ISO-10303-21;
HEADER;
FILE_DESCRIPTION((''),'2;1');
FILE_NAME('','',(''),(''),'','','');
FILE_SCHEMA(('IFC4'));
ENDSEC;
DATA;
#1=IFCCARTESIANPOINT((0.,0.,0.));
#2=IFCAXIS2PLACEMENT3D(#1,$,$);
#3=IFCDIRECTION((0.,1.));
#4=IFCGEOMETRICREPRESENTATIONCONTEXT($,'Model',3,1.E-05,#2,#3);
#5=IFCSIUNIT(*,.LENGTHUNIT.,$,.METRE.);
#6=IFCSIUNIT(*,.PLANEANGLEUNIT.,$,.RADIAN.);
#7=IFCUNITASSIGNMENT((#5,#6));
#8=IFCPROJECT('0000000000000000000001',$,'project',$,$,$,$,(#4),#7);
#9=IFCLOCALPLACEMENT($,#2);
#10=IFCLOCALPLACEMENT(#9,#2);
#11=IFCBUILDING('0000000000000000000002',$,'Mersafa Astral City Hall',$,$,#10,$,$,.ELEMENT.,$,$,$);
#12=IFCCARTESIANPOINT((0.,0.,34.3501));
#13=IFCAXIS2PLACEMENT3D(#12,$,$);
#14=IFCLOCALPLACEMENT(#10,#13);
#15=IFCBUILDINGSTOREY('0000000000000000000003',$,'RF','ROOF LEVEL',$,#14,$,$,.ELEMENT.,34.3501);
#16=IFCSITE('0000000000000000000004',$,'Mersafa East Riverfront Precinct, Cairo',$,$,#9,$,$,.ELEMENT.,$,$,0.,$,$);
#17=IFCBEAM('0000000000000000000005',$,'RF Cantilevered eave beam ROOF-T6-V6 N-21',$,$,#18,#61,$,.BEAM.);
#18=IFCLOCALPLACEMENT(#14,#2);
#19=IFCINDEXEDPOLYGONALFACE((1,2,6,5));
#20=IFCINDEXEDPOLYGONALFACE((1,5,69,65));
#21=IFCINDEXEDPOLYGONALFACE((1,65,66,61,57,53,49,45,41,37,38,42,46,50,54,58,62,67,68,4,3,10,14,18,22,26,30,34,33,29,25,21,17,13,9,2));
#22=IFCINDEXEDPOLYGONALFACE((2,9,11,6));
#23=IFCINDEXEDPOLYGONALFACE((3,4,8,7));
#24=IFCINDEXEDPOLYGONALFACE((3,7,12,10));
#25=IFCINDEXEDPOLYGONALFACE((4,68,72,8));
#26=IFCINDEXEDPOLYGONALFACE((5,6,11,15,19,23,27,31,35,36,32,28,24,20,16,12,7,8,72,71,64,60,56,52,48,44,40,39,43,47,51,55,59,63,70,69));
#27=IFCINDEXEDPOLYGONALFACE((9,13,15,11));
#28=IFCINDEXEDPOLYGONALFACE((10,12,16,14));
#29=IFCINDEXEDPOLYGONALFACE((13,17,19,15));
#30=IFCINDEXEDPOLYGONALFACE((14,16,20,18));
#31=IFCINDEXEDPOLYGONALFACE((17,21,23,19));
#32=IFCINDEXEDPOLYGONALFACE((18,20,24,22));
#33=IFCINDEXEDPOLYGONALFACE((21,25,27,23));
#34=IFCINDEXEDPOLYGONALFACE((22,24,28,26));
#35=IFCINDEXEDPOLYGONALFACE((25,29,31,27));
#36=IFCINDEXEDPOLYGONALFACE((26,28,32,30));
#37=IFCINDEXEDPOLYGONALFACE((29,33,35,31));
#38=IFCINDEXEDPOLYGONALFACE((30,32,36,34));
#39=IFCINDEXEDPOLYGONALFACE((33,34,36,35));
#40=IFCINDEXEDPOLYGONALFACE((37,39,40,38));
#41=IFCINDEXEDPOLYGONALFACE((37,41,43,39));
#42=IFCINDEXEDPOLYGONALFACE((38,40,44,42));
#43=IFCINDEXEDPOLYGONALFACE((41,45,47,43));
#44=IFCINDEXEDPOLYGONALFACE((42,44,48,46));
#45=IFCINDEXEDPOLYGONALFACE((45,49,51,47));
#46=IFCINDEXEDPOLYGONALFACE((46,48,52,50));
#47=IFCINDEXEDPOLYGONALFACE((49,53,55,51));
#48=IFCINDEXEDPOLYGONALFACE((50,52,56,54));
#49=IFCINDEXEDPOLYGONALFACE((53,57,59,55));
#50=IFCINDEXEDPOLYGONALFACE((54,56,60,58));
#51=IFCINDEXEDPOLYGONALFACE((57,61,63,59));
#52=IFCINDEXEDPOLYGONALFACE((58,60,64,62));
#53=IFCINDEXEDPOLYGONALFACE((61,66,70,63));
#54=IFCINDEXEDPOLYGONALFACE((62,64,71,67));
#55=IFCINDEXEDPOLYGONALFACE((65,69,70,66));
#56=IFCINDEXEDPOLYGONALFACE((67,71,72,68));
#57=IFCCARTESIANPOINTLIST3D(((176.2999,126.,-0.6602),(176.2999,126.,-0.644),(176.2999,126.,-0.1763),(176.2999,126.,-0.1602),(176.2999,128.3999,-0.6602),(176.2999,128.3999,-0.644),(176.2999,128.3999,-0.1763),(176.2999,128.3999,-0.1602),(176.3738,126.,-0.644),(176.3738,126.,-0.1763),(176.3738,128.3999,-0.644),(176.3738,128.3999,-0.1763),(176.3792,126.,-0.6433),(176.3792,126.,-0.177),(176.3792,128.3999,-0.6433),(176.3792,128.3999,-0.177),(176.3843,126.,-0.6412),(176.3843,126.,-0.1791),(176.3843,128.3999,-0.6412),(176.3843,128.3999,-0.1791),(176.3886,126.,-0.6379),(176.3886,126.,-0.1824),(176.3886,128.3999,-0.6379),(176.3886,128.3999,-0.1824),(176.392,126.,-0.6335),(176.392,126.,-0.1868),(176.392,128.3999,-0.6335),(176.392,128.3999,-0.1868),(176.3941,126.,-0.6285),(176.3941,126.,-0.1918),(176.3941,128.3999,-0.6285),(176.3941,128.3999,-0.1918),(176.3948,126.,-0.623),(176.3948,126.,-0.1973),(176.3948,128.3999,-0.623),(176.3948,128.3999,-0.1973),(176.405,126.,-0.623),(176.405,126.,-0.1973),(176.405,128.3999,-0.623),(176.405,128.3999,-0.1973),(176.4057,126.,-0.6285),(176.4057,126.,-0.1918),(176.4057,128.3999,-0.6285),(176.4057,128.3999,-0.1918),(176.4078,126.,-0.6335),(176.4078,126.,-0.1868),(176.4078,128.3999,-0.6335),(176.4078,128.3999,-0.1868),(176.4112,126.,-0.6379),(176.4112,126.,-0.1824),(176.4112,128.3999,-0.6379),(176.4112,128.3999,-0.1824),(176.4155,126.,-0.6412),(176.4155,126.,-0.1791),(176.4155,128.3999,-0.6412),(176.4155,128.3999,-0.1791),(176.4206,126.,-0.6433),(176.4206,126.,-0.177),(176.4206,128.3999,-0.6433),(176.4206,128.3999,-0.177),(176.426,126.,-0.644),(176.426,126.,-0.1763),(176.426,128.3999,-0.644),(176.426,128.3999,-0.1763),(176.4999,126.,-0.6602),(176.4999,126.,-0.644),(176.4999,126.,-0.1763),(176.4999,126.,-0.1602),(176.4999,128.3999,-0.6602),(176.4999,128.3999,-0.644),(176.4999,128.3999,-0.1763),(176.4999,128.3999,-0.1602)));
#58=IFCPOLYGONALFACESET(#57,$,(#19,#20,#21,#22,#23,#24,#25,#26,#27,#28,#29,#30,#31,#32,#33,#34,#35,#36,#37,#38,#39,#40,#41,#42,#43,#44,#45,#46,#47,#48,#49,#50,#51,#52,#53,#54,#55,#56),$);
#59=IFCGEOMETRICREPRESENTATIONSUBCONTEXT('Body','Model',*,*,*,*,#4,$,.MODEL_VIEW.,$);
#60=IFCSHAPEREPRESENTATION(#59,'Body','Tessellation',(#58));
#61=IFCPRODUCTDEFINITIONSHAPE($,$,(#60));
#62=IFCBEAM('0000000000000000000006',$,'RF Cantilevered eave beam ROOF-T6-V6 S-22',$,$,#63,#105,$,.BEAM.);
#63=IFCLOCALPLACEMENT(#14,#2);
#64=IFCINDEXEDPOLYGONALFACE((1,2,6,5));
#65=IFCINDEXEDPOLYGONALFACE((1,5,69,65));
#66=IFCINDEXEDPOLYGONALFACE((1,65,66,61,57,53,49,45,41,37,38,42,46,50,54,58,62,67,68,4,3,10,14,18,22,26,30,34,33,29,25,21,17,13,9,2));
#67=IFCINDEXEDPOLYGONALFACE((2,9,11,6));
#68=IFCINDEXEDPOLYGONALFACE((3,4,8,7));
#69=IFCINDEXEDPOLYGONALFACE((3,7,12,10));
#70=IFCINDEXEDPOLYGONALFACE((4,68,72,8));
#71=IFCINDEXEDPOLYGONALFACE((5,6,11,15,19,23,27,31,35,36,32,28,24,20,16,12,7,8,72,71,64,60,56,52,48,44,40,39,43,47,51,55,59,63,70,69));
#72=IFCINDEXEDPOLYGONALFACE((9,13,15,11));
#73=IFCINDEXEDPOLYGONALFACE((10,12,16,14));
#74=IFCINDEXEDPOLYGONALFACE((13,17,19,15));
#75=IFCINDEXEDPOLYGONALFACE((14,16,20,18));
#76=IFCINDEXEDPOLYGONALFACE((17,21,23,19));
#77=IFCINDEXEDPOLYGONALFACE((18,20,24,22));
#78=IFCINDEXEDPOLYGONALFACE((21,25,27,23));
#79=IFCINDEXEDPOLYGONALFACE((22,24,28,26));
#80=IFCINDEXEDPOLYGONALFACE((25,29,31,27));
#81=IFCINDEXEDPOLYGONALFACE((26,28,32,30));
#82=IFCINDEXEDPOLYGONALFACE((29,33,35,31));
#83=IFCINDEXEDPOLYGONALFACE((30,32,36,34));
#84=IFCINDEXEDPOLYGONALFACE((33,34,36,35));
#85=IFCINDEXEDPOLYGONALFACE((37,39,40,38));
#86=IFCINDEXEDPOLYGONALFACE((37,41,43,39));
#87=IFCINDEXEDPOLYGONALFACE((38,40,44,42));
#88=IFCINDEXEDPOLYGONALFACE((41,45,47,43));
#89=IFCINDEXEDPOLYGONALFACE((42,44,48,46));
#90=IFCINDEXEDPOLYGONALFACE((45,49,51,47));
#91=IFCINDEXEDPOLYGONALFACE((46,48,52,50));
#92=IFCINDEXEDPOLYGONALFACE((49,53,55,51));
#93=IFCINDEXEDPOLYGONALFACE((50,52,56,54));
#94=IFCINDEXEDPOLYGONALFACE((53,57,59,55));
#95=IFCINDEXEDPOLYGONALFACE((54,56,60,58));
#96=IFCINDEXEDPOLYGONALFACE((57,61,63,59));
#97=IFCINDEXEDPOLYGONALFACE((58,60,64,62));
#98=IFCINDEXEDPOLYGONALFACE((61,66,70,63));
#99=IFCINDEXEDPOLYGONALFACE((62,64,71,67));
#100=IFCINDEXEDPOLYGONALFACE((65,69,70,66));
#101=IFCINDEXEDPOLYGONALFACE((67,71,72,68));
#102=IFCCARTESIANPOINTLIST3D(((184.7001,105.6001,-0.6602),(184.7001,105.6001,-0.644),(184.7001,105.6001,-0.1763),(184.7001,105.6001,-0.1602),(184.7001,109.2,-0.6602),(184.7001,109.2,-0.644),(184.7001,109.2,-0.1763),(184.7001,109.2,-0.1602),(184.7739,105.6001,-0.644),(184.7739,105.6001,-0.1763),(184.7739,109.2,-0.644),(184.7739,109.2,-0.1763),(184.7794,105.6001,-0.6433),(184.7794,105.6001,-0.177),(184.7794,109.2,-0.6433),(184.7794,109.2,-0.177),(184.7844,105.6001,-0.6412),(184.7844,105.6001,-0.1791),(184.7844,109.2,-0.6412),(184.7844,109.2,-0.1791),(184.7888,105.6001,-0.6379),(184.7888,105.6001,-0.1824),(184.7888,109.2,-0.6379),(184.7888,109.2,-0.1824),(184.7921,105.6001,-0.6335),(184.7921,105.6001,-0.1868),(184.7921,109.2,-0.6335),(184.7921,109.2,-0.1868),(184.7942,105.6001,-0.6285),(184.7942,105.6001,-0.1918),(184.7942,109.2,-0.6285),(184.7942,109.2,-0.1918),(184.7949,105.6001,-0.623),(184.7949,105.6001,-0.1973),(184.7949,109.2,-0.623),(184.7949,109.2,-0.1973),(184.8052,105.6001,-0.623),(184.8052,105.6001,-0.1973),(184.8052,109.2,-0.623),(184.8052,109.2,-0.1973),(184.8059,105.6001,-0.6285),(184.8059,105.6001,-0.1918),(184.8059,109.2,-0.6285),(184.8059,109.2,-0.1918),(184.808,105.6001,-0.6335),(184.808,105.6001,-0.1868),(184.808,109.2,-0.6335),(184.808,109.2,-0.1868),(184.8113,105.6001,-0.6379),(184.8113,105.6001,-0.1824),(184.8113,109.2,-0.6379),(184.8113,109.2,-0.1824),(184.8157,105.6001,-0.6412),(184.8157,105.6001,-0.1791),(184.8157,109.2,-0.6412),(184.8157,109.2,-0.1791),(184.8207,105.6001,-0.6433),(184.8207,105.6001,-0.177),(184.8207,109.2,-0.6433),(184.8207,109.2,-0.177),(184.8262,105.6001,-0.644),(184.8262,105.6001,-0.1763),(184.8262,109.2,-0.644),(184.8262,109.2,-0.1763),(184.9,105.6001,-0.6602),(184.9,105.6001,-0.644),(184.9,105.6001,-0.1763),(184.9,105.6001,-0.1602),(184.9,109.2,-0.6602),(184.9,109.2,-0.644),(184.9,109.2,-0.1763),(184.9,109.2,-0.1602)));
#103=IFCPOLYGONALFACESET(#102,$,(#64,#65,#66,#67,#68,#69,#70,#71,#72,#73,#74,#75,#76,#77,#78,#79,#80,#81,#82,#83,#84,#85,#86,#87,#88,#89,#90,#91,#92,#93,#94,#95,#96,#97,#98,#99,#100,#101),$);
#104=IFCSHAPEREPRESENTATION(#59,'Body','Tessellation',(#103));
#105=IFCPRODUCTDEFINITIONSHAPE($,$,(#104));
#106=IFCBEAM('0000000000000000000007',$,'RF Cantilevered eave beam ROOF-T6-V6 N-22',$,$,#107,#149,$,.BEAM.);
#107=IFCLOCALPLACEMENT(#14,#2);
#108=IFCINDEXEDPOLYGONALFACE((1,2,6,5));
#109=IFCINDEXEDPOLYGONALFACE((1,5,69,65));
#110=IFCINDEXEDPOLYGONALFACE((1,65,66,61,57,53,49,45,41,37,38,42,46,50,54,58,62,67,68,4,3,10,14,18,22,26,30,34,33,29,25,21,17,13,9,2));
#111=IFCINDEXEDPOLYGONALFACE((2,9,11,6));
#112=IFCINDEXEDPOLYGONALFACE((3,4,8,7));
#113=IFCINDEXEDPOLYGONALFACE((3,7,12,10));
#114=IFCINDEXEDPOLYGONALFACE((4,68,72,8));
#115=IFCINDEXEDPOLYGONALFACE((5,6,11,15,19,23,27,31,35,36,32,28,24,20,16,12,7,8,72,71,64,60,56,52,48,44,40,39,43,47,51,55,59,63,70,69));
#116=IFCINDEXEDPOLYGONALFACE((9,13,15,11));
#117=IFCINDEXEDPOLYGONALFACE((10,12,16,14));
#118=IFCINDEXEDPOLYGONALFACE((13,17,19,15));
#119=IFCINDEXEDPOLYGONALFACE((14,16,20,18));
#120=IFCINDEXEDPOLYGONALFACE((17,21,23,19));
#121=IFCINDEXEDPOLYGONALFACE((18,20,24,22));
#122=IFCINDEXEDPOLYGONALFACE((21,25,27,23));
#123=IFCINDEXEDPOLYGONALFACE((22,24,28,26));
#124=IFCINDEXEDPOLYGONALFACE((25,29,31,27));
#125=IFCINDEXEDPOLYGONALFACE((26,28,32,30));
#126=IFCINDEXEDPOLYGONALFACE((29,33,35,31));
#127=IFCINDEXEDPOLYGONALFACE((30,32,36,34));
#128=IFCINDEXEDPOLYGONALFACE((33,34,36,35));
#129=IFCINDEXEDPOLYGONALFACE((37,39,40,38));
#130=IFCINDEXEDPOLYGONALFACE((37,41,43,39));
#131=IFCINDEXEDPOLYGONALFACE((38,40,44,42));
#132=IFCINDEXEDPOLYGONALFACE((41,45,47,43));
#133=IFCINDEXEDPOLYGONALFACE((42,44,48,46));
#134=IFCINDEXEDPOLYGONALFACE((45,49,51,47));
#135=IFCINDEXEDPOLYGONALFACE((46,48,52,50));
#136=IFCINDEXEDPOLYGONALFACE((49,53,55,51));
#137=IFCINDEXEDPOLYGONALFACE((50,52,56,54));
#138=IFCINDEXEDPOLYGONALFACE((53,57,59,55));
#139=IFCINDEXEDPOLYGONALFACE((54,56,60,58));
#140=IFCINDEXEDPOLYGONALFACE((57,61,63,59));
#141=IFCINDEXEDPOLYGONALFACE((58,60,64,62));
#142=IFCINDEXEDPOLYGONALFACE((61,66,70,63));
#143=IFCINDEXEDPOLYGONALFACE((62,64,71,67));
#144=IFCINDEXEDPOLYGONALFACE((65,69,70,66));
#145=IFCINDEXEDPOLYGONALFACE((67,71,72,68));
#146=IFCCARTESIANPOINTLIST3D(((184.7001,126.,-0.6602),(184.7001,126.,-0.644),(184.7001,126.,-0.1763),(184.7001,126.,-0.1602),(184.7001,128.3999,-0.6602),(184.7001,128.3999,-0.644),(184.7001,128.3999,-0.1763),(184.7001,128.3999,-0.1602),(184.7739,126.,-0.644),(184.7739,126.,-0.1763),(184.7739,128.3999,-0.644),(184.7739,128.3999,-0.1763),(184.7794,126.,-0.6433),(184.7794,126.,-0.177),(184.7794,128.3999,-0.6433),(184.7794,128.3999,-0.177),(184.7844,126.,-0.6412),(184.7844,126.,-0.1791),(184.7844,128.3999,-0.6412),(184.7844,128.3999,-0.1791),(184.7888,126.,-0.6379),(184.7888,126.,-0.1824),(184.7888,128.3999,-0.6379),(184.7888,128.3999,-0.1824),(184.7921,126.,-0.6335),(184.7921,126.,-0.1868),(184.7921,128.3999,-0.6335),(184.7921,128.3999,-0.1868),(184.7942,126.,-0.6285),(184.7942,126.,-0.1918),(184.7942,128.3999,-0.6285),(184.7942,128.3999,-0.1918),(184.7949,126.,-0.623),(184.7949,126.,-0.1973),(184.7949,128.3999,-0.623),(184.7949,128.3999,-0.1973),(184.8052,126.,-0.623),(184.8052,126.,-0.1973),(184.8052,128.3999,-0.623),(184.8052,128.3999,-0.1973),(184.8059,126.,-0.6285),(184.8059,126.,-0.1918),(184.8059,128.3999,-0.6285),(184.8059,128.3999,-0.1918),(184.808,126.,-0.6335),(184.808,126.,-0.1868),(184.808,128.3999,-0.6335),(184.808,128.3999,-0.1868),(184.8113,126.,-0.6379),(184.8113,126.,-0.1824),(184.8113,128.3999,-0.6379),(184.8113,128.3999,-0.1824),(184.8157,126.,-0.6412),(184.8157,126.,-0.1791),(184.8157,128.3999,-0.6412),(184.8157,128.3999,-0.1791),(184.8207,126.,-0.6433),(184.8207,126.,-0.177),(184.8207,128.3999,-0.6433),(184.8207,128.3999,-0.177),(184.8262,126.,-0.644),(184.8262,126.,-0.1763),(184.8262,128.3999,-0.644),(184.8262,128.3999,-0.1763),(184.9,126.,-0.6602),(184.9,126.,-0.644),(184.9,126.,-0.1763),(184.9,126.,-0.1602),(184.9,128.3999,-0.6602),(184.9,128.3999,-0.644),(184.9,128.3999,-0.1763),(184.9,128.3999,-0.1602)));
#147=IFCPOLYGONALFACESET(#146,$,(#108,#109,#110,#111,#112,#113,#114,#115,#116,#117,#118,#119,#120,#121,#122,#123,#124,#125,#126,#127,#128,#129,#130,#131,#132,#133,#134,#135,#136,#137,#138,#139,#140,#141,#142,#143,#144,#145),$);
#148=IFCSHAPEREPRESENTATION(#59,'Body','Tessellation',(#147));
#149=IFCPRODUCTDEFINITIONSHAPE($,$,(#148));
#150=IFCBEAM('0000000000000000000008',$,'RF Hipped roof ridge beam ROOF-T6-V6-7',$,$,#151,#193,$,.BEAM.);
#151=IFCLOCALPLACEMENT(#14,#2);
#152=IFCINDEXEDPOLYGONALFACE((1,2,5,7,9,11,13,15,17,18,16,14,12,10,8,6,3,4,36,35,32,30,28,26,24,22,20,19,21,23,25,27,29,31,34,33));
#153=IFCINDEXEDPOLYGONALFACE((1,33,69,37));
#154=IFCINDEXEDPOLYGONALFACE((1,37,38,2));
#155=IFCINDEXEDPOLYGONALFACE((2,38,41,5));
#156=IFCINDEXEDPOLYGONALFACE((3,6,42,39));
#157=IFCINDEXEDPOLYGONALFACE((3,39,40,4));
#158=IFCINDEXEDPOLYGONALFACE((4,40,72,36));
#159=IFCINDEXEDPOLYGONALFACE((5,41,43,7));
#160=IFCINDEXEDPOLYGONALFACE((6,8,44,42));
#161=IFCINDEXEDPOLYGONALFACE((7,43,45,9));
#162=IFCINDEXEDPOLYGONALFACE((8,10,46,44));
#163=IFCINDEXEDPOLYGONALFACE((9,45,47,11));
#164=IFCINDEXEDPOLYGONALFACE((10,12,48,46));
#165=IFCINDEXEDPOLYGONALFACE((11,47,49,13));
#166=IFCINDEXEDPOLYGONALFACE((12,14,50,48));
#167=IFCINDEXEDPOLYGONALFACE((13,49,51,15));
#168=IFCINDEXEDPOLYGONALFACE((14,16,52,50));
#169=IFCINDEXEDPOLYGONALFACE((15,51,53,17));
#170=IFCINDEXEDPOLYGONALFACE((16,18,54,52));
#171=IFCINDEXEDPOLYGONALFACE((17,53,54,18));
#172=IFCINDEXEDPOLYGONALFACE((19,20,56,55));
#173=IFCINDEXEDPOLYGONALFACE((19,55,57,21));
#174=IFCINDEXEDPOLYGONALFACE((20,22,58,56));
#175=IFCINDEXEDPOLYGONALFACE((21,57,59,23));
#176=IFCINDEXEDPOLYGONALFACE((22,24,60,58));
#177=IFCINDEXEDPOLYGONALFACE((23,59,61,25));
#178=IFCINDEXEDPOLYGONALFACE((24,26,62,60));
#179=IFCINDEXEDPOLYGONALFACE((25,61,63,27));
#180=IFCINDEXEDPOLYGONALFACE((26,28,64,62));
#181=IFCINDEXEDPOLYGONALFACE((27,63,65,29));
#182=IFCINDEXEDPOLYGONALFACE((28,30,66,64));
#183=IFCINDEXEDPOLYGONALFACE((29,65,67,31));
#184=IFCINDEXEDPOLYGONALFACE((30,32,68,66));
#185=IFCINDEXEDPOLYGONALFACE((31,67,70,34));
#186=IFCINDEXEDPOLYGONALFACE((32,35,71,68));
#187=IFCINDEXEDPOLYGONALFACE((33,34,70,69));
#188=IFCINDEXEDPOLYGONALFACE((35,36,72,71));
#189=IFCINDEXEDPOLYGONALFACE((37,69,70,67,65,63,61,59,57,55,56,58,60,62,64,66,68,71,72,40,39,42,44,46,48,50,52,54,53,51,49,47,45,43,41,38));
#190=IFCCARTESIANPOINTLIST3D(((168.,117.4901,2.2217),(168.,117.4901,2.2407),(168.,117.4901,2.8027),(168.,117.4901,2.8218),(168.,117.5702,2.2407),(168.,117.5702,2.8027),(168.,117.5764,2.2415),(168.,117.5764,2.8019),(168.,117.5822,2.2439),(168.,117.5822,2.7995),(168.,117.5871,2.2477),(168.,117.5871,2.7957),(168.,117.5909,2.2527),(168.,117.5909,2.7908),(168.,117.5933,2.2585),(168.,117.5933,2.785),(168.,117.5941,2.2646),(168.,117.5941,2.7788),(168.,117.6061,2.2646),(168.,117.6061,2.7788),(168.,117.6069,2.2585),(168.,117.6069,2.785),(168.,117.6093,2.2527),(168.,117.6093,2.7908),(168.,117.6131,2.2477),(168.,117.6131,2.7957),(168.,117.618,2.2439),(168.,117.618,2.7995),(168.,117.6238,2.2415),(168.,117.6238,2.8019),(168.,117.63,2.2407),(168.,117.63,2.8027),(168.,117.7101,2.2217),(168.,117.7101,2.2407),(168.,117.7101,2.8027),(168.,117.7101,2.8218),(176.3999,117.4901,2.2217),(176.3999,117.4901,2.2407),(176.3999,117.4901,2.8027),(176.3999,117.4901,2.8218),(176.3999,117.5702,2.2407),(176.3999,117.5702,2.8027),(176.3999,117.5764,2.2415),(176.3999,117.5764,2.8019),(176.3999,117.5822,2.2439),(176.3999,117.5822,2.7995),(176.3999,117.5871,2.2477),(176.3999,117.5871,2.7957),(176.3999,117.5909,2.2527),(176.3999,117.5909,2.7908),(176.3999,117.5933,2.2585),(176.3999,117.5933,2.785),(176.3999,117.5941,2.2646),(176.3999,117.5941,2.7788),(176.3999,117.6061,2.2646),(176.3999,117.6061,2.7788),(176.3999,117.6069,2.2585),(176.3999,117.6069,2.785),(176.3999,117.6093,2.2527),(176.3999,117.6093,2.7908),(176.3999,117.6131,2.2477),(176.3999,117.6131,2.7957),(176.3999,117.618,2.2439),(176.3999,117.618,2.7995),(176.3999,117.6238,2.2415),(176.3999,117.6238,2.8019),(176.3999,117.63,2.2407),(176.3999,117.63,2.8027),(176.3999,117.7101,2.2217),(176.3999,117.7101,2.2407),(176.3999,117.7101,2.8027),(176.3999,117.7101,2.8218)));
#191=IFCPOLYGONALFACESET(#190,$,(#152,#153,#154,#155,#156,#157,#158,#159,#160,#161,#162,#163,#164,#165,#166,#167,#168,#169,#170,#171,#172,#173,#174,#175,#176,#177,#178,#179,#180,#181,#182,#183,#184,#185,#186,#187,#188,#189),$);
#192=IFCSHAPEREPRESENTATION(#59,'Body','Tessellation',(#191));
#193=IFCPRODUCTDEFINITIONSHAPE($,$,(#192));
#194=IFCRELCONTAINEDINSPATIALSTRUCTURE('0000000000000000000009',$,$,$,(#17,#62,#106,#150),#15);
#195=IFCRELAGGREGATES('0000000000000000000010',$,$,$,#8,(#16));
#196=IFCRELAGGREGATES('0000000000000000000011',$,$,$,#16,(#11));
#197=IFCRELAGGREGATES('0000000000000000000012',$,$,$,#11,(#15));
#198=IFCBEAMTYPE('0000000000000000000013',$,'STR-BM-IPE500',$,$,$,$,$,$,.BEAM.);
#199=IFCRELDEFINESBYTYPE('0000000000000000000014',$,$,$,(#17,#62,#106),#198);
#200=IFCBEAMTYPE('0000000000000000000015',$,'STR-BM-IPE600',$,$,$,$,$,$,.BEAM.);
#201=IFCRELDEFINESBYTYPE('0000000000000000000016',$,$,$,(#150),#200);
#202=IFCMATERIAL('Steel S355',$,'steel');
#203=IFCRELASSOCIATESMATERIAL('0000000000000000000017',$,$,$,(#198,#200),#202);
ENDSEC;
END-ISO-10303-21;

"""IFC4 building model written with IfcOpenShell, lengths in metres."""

from ifc_helpers import new_model, si_unit, direction, frame, origin, origin_2d, place, context, subcontext, project, spatial, i_section, extrude, material, material_profile, profile_set, type_object, element, save


model = new_model("IFC4")

# Units and contexts
model_context = context("Model", 3, precision=1e-05, world=origin(), true_north=direction((0.0, 1.0)))
body_context = subcontext(model_context, "Body", "Model", "MODEL_VIEW")
ifc_project = project(units=[si_unit("LENGTHUNIT", "METRE"), si_unit("PLANEANGLEUNIT", "RADIAN")], contexts=[model_context])

# Site, building, storey
site_placement = place(None, origin())
site = spatial("IfcSite", under=ifc_project, at=site_placement, Name="Mersafa East Riverfront Precinct, Cairo", CompositionType="ELEMENT", RefElevation=0.0)
building_placement = place(site_placement, origin())
building = spatial("IfcBuilding", under=site, at=building_placement, Name="Mersafa Astral City Hall", CompositionType="ELEMENT")
storey_placement = place(building_placement, frame((0.0, 0.0, 34.3501)))
storey = spatial("IfcBuildingStorey", under=building, at=storey_placement, Name="RF", Description="ROOF LEVEL", CompositionType="ELEMENT", Elevation=34.3501)

# Shared definitions
ifc_material_1 = material(Name="Steel S355", Category="steel")

# Beams
ifc_material_profile_1 = material_profile(ifc_material_1, i_section(OverallWidth=0.2, OverallDepth=0.5, WebThickness=0.0103, FlangeThickness=0.0161, FilletRadius=0.021, at=origin_2d()), Name="IPE 500")
ifc_profile_set_1 = profile_set([ifc_material_profile_1], Name="Steel S355")
beam_type_1 = type_object("IfcBeamType", Name="STR-BM-IPE500", PredefinedType="BEAM", material=ifc_profile_set_1)
beam_1_placement = place(storey_placement, frame((176.3999, 126.0, -0.4102), z_axis=(0.0, 1.0, 0.0), x_axis=(-1.0, 0.0, 0.0)))
element("IfcBeam", 1, at=beam_1_placement, inside=storey, type_object=beam_type_1, Name="RF Cantilevered eave beam ROOF-T6-V6 N-21", PredefinedType="BEAM", context=body_context, shape_type="SweptSolid", body=[
    extrude(i_section(OverallWidth=0.2, OverallDepth=0.5, WebThickness=0.0103, FlangeThickness=0.0161, FilletRadius=0.021, at=origin_2d()), origin(), (0.0, 0.0, 1.0), 2.3999),
])
beam_2_placement = place(storey_placement, frame((184.8, 109.2, -0.4102), z_axis=(0.0, -1.0, 0.0), x_axis=(1.0, 0.0, 0.0)))
element("IfcBeam", 2, at=beam_2_placement, inside=storey, type_object=beam_type_1, Name="RF Cantilevered eave beam ROOF-T6-V6 S-22", PredefinedType="BEAM", context=body_context, shape_type="SweptSolid", body=[
    extrude(i_section(OverallWidth=0.2, OverallDepth=0.5, WebThickness=0.0103, FlangeThickness=0.0161, FilletRadius=0.021, at=origin_2d()), origin(), (0.0, 0.0, 1.0), 3.5999),
])
beam_3_placement = place(storey_placement, frame((184.8, 126.0, -0.4102), z_axis=(0.0, 1.0, 0.0), x_axis=(-1.0, 0.0, 0.0)))
element("IfcBeam", 3, at=beam_3_placement, inside=storey, type_object=beam_type_1, Name="RF Cantilevered eave beam ROOF-T6-V6 N-22", PredefinedType="BEAM", context=body_context, shape_type="SweptSolid", body=[
    extrude(i_section(OverallWidth=0.2, OverallDepth=0.5, WebThickness=0.0103, FlangeThickness=0.0161, FilletRadius=0.021, at=origin_2d()), origin(), (0.0, 0.0, 1.0), 2.3999),
])
ifc_material_profile_2 = material_profile(ifc_material_1, i_section(OverallWidth=0.22, OverallDepth=0.6001, WebThickness=0.012, FlangeThickness=0.019, FilletRadius=0.0239, at=origin_2d()), Name="IPE 600")
ifc_profile_set_2 = profile_set([ifc_material_profile_2], Name="Steel S355")
beam_type_2 = type_object("IfcBeamType", Name="STR-BM-IPE600", PredefinedType="BEAM", material=ifc_profile_set_2)
beam_4_placement = place(storey_placement, frame((168.0, 117.6001, 2.5217), z_axis=(1.0, 0.0, 0.0), x_axis=(0.0, 1.0, 0.0)))
element("IfcBeam", 4, at=beam_4_placement, inside=storey, type_object=beam_type_2, Name="RF Hipped roof ridge beam ROOF-T6-V6-7", PredefinedType="BEAM", context=body_context, shape_type="SweptSolid", body=[
    extrude(i_section(OverallWidth=0.22, OverallDepth=0.6001, WebThickness=0.012, FlangeThickness=0.019, FilletRadius=0.0239, at=origin_2d()), origin(), (0.0, 0.0, 1.0), 8.3999),
])

save(model, "model.ifc")
